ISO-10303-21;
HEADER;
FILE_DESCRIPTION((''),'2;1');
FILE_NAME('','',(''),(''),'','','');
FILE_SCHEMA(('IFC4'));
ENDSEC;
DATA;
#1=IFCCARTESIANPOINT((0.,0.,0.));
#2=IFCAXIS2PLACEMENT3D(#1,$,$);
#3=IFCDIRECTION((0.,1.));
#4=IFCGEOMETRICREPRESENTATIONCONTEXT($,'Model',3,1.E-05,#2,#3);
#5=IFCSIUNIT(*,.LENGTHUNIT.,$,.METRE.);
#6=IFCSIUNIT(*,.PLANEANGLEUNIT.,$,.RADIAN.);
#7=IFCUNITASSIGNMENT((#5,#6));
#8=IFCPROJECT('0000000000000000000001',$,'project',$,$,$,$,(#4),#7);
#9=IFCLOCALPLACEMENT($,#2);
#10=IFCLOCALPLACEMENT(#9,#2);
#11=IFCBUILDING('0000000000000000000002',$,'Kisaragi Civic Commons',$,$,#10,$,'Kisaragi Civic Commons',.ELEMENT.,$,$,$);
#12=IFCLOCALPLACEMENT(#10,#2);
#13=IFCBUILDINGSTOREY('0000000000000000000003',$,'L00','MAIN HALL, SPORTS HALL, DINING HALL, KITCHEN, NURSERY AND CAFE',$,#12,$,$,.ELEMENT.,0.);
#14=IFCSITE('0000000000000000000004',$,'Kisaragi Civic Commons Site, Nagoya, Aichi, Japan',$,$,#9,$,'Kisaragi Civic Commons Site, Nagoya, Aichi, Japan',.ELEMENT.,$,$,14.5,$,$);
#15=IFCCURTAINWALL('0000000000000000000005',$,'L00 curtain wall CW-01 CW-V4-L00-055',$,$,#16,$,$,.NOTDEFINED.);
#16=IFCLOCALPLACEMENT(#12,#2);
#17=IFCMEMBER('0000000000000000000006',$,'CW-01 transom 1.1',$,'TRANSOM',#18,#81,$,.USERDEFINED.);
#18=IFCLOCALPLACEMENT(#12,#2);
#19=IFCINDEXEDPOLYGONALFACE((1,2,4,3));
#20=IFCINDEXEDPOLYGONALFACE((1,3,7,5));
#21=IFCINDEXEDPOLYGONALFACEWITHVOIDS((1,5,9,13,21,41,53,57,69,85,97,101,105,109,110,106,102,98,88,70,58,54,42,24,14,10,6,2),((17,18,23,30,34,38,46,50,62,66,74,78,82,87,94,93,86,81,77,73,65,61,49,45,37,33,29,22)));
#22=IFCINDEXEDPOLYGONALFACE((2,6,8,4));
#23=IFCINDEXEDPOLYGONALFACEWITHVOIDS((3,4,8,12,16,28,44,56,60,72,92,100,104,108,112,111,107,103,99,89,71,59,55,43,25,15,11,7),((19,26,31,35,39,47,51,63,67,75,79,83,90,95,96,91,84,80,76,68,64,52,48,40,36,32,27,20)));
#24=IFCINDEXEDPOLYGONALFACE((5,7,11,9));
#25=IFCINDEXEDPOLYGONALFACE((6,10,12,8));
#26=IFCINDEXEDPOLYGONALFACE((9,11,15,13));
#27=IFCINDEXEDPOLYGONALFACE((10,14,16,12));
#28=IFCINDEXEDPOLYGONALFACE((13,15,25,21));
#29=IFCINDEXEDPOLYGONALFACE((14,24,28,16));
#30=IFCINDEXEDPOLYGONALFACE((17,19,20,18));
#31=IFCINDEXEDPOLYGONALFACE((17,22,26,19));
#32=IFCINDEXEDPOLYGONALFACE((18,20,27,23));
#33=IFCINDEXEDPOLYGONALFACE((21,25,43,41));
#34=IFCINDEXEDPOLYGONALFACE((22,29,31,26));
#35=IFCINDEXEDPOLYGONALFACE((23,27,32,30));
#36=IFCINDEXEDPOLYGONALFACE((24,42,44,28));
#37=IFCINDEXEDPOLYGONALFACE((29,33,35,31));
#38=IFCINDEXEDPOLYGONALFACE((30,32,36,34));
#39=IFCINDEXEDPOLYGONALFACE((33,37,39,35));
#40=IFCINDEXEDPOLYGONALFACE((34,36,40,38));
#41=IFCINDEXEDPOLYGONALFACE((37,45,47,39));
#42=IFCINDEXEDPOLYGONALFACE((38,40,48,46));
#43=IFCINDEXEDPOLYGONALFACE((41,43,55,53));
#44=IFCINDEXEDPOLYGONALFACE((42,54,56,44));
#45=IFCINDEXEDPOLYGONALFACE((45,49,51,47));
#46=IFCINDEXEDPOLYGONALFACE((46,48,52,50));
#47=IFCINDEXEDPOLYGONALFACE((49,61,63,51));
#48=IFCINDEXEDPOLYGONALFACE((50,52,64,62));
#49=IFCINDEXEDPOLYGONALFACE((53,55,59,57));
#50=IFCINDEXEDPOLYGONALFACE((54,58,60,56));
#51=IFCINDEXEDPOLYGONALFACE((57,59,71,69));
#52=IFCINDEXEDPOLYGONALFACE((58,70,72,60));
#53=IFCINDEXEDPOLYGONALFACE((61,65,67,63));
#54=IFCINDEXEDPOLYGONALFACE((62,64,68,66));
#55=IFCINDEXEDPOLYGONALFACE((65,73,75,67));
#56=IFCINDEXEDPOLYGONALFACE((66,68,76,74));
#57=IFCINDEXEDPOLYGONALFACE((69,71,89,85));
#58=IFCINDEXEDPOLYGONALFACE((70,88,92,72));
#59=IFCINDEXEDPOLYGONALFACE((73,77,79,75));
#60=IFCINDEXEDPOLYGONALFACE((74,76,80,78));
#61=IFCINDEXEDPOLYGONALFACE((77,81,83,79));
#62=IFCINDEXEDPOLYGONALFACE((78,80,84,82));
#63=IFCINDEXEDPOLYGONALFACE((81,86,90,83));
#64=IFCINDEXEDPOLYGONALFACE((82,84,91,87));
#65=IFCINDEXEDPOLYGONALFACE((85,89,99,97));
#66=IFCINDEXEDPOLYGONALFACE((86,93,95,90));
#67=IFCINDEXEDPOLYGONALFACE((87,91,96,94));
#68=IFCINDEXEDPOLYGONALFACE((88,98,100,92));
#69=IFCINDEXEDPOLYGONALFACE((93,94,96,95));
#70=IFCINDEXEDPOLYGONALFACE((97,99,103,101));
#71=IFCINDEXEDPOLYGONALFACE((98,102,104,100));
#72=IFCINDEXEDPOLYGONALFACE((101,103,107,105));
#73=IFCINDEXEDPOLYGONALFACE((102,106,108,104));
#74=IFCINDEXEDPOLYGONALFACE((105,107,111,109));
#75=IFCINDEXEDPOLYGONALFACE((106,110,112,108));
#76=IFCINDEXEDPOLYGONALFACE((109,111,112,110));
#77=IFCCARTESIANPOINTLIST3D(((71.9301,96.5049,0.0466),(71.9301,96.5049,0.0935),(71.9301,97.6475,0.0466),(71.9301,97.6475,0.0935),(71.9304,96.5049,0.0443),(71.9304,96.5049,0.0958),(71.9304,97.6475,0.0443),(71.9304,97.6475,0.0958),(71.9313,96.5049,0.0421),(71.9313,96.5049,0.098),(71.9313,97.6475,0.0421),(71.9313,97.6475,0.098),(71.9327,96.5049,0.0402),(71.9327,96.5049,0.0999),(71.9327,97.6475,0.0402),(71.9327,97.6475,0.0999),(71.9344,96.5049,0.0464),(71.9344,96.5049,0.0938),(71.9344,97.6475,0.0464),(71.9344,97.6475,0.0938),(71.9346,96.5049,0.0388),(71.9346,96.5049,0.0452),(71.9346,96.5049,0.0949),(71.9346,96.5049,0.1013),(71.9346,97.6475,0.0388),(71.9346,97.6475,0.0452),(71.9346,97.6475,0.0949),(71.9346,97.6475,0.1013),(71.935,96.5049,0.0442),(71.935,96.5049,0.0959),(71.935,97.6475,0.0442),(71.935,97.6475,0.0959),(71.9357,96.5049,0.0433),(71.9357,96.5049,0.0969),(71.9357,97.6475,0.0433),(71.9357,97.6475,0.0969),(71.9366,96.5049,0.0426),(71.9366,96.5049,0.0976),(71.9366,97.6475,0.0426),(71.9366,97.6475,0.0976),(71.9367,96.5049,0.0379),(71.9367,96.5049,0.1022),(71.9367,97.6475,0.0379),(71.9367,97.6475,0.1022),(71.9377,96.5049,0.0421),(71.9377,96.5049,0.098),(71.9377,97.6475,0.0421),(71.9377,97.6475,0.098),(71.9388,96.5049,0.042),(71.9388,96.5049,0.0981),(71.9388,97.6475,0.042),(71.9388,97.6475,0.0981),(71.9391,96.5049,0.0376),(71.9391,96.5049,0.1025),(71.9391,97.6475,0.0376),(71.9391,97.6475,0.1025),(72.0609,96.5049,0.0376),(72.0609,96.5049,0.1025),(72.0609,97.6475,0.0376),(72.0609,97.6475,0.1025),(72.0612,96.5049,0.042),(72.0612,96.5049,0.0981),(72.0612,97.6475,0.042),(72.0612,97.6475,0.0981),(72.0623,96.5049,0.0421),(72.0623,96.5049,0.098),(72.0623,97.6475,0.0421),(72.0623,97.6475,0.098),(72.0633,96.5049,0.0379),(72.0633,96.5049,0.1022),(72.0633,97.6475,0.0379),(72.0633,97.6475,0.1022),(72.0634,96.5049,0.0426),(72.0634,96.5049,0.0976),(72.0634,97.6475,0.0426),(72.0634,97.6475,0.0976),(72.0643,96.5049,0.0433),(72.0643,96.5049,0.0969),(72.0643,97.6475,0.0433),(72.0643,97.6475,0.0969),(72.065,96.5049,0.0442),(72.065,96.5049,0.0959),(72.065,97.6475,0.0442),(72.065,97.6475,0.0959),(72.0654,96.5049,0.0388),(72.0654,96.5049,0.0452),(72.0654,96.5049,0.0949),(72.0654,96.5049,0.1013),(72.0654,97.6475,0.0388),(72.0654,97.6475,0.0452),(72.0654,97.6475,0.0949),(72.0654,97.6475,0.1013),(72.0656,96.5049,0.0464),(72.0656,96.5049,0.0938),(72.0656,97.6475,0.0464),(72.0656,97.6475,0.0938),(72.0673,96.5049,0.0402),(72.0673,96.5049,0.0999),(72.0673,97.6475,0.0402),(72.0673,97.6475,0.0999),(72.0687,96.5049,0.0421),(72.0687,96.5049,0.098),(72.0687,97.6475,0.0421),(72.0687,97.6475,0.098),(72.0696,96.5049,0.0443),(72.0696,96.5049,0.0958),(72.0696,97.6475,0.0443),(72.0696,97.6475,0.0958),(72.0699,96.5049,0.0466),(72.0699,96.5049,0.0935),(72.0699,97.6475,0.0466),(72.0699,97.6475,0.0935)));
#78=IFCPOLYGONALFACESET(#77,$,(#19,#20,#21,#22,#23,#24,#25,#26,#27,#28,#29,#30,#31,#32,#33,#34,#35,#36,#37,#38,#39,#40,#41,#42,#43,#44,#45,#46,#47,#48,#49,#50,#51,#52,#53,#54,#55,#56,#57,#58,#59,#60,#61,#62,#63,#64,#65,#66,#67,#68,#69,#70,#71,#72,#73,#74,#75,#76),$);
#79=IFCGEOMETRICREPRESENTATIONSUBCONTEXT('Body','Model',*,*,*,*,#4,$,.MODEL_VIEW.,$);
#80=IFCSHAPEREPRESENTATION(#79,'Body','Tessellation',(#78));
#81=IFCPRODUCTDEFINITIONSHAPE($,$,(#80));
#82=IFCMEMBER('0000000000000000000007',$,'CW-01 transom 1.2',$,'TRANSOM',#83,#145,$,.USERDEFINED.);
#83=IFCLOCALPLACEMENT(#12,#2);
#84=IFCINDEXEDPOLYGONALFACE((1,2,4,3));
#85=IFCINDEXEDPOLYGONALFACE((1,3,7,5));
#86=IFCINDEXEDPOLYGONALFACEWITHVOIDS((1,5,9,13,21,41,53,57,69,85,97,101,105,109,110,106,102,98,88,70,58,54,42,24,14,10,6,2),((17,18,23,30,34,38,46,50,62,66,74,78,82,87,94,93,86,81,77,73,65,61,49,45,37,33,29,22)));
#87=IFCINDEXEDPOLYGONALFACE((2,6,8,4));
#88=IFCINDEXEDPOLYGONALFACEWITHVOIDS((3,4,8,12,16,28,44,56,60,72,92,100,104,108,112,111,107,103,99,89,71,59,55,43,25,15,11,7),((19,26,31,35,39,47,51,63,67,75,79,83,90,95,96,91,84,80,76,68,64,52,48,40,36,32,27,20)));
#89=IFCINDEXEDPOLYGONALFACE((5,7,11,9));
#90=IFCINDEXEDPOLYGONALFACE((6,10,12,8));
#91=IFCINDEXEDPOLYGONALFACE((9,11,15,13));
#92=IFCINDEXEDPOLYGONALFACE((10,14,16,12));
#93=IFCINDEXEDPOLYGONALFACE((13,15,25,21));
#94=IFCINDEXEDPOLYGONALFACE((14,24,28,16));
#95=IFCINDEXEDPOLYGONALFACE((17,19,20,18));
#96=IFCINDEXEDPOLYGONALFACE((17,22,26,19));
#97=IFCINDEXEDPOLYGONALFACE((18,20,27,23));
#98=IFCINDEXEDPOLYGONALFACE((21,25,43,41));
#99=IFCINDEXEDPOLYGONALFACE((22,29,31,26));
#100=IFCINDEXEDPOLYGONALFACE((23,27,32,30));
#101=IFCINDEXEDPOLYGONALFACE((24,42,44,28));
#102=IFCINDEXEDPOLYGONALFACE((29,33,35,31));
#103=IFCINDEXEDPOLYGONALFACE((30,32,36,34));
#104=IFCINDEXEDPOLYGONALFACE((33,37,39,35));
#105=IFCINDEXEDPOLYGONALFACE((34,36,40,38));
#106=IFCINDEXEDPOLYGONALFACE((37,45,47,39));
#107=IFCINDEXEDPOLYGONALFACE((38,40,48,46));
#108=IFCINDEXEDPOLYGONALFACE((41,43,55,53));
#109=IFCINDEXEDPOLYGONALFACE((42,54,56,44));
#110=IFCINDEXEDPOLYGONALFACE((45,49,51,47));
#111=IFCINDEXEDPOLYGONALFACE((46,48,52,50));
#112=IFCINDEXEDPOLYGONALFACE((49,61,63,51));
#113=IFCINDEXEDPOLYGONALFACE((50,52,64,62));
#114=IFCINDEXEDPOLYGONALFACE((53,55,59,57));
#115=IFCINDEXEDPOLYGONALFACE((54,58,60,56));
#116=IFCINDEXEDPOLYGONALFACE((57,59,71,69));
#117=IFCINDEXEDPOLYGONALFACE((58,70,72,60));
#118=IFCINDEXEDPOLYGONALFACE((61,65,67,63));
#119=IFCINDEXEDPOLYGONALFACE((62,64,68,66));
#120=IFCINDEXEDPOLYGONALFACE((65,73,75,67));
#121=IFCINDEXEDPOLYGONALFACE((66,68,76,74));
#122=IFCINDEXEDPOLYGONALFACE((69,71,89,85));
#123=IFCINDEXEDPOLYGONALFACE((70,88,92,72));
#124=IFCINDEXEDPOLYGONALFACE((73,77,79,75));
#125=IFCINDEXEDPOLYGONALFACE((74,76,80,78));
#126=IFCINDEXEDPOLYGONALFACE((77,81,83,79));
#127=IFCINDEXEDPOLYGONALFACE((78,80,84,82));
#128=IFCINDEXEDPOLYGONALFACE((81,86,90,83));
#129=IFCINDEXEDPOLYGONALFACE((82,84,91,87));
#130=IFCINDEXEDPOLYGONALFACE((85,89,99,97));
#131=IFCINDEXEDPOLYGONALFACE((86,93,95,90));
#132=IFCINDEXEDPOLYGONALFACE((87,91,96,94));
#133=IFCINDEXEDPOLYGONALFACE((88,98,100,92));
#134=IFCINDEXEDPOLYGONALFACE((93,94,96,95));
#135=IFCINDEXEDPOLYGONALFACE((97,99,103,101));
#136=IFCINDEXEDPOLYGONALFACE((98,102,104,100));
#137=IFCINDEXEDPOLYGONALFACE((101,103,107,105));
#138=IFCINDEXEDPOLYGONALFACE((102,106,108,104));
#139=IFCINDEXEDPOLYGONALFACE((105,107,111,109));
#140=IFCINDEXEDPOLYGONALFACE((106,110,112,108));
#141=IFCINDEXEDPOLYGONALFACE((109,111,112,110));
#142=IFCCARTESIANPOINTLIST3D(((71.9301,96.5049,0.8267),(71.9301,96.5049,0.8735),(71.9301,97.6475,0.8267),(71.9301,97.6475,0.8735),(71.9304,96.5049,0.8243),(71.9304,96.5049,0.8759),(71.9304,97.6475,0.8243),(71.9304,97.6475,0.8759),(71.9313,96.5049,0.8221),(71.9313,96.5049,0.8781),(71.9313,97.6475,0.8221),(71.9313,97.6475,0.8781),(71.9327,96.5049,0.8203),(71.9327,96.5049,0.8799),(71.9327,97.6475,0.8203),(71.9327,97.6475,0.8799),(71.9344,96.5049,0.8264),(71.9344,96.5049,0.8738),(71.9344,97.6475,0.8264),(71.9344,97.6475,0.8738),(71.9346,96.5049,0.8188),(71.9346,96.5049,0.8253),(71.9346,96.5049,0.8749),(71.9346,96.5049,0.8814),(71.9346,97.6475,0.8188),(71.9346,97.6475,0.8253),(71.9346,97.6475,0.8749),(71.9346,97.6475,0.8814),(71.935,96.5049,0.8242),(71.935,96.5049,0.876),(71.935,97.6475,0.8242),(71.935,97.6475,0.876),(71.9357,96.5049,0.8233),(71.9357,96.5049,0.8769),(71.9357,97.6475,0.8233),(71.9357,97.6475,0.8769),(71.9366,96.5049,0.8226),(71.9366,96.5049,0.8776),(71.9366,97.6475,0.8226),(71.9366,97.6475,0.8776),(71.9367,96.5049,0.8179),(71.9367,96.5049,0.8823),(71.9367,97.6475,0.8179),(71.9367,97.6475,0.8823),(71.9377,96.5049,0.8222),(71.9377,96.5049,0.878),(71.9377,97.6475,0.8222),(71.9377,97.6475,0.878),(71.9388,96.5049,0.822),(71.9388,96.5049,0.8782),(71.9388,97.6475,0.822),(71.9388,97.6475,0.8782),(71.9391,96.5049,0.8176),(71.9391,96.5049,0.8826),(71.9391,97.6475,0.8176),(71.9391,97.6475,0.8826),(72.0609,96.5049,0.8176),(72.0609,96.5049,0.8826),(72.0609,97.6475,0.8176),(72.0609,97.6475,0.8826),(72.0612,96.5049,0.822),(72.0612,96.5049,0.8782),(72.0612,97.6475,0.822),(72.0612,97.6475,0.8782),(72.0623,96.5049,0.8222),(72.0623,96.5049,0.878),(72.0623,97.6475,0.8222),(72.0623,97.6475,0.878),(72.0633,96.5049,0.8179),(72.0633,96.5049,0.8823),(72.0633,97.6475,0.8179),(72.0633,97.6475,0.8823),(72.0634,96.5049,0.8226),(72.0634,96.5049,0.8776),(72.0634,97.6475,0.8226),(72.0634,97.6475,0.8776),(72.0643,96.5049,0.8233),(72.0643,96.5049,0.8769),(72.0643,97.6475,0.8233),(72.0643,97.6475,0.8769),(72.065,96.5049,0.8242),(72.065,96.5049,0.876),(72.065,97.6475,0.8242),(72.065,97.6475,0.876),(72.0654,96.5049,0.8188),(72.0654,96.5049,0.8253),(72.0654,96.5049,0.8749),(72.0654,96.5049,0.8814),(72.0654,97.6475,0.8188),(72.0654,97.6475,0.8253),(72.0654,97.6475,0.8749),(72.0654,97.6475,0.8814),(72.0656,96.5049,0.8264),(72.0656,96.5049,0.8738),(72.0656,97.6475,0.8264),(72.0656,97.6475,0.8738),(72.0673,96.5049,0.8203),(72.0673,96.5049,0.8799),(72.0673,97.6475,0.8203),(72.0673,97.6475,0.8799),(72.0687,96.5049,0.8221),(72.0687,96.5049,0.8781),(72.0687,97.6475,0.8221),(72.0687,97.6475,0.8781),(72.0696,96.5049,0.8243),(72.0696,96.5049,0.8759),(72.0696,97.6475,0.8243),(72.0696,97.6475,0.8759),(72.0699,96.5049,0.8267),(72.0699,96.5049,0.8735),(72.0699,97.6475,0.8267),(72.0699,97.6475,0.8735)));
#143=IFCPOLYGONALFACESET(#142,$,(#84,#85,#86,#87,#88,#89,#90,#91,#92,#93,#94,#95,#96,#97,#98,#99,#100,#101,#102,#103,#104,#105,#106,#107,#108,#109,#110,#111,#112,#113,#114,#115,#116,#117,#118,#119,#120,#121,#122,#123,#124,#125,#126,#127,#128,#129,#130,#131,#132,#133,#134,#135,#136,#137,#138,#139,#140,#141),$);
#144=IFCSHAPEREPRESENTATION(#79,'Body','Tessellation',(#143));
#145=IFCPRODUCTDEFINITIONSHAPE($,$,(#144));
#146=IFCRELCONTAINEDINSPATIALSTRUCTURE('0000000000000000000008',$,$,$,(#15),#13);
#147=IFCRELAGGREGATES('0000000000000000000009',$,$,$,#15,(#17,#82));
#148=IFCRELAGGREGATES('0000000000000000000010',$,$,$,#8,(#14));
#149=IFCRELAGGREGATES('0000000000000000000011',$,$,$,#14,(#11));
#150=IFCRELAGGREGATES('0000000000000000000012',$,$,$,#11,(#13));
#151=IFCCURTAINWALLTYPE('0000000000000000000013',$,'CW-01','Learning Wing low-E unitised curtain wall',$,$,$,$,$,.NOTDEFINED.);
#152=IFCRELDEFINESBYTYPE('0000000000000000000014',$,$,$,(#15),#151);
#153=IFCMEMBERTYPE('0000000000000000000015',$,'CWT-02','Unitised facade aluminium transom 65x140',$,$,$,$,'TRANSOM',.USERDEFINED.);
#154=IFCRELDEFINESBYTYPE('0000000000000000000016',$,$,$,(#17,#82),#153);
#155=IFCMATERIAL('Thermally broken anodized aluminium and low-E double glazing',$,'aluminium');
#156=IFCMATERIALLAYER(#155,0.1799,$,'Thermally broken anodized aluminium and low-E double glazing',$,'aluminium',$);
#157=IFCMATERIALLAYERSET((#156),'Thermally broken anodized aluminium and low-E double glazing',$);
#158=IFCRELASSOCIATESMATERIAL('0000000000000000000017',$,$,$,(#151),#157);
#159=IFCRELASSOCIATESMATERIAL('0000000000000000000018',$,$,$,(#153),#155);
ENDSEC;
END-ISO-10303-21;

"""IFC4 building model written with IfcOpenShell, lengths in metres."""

from ifc_helpers import new_model, si_unit, direction, frame, origin, origin_2d, place, context, subcontext, project, spatial, hollow_rectangle, extrude, material, layer, layer_set, material_profile, profile_set, type_object, element, aggregate, save


model = new_model("IFC4")

# Units and contexts
model_context = context("Model", 3, precision=1e-05, world=origin(), true_north=direction((0.0, 1.0)))
body_context = subcontext(model_context, "Body", "Model", "MODEL_VIEW")
ifc_project = project(units=[si_unit("LENGTHUNIT", "METRE"), si_unit("PLANEANGLEUNIT", "RADIAN")], contexts=[model_context])

# Site, building, storey
site_placement = place(None, origin())
site = spatial("IfcSite", under=ifc_project, at=site_placement, Name="Kisaragi Civic Commons Site, Nagoya, Aichi, Japan", LongName="Kisaragi Civic Commons Site, Nagoya, Aichi, Japan", CompositionType="ELEMENT", RefElevation=14.5)
building_placement = place(site_placement, origin())
building = spatial("IfcBuilding", under=site, at=building_placement, Name="Kisaragi Civic Commons", LongName="Kisaragi Civic Commons", CompositionType="ELEMENT")
storey_placement = place(building_placement, origin())
storey = spatial("IfcBuildingStorey", under=building, at=storey_placement, Name="L00", Description="MAIN HALL, SPORTS HALL, DINING HALL, KITCHEN, NURSERY AND CAFE", CompositionType="ELEMENT", Elevation=0.0)

# Curtain wall, members
ifc_material_1 = material(Name="Thermally broken anodized aluminium and low-E double glazing", Category="aluminium")
ifc_layer_1 = layer(ifc_material_1, 0.1799, Name="Thermally broken anodized aluminium and low-E double glazing", Category="aluminium")
ifc_layer_set_1 = layer_set([ifc_layer_1], Name="Thermally broken anodized aluminium and low-E double glazing")
curtain_wall_type = type_object("IfcCurtainWallType", Name="CW-01", Description="Learning Wing low-E unitised curtain wall", PredefinedType="NOTDEFINED", material=ifc_layer_set_1)
curtain_wall_placement = place(storey_placement, origin())
curtain_wall = element("IfcCurtainWall", 1, at=curtain_wall_placement, inside=storey, type_object=curtain_wall_type, Name="L00 curtain wall CW-01 CW-V4-L00-055", PredefinedType="NOTDEFINED")
ifc_material_profile_1 = material_profile(ifc_material_1, hollow_rectangle(XDim=0.1399, YDim=0.0649, WallThickness=0.0044, InnerFilletRadius=0.0044, OuterFilletRadius=0.009, at=origin_2d()), Name="CWT-65x140x4.5", Category="aluminium")
ifc_profile_set_1 = profile_set([ifc_material_profile_1], Name="Thermally broken anodized aluminium and low-E double glazing")
member_type_1 = type_object("IfcMemberType", Name="CWT-02", Description="Unitised facade aluminium transom 65x140", ElementType="TRANSOM", PredefinedType="USERDEFINED", material=ifc_profile_set_1)
member_1_placement = place(storey_placement, frame((72.0, 96.5049, 0.0701), z_axis=(0.0, 1.0, 0.0), x_axis=(-1.0, 0.0, 0.0)))
member_1 = element("IfcMember", 2, at=member_1_placement, type_object=member_type_1, Name="CW-01 transom 1.1", ObjectType="TRANSOM", PredefinedType="USERDEFINED", context=body_context, shape_type="SweptSolid", body=[
    extrude(hollow_rectangle(XDim=0.1399, YDim=0.0649, WallThickness=0.0044, InnerFilletRadius=0.0044, OuterFilletRadius=0.009, at=origin_2d()), origin(), (0.0, 0.0, 1.0), 1.1426),
])
member_2_placement = place(storey_placement, frame((72.0, 96.5049, 0.8501), z_axis=(0.0, 1.0, 0.0), x_axis=(-1.0, 0.0, 0.0)))
member_2 = element("IfcMember", 3, at=member_2_placement, type_object=member_type_1, Name="CW-01 transom 1.2", ObjectType="TRANSOM", PredefinedType="USERDEFINED", context=body_context, shape_type="SweptSolid", body=[
    extrude(hollow_rectangle(XDim=0.1399, YDim=0.0649, WallThickness=0.0044, InnerFilletRadius=0.0044, OuterFilletRadius=0.009, at=origin_2d()), origin(), (0.0, 0.0, 1.0), 1.1426),
])

aggregate(curtain_wall, [member_1, member_2])

save(model, "model.ifc")
